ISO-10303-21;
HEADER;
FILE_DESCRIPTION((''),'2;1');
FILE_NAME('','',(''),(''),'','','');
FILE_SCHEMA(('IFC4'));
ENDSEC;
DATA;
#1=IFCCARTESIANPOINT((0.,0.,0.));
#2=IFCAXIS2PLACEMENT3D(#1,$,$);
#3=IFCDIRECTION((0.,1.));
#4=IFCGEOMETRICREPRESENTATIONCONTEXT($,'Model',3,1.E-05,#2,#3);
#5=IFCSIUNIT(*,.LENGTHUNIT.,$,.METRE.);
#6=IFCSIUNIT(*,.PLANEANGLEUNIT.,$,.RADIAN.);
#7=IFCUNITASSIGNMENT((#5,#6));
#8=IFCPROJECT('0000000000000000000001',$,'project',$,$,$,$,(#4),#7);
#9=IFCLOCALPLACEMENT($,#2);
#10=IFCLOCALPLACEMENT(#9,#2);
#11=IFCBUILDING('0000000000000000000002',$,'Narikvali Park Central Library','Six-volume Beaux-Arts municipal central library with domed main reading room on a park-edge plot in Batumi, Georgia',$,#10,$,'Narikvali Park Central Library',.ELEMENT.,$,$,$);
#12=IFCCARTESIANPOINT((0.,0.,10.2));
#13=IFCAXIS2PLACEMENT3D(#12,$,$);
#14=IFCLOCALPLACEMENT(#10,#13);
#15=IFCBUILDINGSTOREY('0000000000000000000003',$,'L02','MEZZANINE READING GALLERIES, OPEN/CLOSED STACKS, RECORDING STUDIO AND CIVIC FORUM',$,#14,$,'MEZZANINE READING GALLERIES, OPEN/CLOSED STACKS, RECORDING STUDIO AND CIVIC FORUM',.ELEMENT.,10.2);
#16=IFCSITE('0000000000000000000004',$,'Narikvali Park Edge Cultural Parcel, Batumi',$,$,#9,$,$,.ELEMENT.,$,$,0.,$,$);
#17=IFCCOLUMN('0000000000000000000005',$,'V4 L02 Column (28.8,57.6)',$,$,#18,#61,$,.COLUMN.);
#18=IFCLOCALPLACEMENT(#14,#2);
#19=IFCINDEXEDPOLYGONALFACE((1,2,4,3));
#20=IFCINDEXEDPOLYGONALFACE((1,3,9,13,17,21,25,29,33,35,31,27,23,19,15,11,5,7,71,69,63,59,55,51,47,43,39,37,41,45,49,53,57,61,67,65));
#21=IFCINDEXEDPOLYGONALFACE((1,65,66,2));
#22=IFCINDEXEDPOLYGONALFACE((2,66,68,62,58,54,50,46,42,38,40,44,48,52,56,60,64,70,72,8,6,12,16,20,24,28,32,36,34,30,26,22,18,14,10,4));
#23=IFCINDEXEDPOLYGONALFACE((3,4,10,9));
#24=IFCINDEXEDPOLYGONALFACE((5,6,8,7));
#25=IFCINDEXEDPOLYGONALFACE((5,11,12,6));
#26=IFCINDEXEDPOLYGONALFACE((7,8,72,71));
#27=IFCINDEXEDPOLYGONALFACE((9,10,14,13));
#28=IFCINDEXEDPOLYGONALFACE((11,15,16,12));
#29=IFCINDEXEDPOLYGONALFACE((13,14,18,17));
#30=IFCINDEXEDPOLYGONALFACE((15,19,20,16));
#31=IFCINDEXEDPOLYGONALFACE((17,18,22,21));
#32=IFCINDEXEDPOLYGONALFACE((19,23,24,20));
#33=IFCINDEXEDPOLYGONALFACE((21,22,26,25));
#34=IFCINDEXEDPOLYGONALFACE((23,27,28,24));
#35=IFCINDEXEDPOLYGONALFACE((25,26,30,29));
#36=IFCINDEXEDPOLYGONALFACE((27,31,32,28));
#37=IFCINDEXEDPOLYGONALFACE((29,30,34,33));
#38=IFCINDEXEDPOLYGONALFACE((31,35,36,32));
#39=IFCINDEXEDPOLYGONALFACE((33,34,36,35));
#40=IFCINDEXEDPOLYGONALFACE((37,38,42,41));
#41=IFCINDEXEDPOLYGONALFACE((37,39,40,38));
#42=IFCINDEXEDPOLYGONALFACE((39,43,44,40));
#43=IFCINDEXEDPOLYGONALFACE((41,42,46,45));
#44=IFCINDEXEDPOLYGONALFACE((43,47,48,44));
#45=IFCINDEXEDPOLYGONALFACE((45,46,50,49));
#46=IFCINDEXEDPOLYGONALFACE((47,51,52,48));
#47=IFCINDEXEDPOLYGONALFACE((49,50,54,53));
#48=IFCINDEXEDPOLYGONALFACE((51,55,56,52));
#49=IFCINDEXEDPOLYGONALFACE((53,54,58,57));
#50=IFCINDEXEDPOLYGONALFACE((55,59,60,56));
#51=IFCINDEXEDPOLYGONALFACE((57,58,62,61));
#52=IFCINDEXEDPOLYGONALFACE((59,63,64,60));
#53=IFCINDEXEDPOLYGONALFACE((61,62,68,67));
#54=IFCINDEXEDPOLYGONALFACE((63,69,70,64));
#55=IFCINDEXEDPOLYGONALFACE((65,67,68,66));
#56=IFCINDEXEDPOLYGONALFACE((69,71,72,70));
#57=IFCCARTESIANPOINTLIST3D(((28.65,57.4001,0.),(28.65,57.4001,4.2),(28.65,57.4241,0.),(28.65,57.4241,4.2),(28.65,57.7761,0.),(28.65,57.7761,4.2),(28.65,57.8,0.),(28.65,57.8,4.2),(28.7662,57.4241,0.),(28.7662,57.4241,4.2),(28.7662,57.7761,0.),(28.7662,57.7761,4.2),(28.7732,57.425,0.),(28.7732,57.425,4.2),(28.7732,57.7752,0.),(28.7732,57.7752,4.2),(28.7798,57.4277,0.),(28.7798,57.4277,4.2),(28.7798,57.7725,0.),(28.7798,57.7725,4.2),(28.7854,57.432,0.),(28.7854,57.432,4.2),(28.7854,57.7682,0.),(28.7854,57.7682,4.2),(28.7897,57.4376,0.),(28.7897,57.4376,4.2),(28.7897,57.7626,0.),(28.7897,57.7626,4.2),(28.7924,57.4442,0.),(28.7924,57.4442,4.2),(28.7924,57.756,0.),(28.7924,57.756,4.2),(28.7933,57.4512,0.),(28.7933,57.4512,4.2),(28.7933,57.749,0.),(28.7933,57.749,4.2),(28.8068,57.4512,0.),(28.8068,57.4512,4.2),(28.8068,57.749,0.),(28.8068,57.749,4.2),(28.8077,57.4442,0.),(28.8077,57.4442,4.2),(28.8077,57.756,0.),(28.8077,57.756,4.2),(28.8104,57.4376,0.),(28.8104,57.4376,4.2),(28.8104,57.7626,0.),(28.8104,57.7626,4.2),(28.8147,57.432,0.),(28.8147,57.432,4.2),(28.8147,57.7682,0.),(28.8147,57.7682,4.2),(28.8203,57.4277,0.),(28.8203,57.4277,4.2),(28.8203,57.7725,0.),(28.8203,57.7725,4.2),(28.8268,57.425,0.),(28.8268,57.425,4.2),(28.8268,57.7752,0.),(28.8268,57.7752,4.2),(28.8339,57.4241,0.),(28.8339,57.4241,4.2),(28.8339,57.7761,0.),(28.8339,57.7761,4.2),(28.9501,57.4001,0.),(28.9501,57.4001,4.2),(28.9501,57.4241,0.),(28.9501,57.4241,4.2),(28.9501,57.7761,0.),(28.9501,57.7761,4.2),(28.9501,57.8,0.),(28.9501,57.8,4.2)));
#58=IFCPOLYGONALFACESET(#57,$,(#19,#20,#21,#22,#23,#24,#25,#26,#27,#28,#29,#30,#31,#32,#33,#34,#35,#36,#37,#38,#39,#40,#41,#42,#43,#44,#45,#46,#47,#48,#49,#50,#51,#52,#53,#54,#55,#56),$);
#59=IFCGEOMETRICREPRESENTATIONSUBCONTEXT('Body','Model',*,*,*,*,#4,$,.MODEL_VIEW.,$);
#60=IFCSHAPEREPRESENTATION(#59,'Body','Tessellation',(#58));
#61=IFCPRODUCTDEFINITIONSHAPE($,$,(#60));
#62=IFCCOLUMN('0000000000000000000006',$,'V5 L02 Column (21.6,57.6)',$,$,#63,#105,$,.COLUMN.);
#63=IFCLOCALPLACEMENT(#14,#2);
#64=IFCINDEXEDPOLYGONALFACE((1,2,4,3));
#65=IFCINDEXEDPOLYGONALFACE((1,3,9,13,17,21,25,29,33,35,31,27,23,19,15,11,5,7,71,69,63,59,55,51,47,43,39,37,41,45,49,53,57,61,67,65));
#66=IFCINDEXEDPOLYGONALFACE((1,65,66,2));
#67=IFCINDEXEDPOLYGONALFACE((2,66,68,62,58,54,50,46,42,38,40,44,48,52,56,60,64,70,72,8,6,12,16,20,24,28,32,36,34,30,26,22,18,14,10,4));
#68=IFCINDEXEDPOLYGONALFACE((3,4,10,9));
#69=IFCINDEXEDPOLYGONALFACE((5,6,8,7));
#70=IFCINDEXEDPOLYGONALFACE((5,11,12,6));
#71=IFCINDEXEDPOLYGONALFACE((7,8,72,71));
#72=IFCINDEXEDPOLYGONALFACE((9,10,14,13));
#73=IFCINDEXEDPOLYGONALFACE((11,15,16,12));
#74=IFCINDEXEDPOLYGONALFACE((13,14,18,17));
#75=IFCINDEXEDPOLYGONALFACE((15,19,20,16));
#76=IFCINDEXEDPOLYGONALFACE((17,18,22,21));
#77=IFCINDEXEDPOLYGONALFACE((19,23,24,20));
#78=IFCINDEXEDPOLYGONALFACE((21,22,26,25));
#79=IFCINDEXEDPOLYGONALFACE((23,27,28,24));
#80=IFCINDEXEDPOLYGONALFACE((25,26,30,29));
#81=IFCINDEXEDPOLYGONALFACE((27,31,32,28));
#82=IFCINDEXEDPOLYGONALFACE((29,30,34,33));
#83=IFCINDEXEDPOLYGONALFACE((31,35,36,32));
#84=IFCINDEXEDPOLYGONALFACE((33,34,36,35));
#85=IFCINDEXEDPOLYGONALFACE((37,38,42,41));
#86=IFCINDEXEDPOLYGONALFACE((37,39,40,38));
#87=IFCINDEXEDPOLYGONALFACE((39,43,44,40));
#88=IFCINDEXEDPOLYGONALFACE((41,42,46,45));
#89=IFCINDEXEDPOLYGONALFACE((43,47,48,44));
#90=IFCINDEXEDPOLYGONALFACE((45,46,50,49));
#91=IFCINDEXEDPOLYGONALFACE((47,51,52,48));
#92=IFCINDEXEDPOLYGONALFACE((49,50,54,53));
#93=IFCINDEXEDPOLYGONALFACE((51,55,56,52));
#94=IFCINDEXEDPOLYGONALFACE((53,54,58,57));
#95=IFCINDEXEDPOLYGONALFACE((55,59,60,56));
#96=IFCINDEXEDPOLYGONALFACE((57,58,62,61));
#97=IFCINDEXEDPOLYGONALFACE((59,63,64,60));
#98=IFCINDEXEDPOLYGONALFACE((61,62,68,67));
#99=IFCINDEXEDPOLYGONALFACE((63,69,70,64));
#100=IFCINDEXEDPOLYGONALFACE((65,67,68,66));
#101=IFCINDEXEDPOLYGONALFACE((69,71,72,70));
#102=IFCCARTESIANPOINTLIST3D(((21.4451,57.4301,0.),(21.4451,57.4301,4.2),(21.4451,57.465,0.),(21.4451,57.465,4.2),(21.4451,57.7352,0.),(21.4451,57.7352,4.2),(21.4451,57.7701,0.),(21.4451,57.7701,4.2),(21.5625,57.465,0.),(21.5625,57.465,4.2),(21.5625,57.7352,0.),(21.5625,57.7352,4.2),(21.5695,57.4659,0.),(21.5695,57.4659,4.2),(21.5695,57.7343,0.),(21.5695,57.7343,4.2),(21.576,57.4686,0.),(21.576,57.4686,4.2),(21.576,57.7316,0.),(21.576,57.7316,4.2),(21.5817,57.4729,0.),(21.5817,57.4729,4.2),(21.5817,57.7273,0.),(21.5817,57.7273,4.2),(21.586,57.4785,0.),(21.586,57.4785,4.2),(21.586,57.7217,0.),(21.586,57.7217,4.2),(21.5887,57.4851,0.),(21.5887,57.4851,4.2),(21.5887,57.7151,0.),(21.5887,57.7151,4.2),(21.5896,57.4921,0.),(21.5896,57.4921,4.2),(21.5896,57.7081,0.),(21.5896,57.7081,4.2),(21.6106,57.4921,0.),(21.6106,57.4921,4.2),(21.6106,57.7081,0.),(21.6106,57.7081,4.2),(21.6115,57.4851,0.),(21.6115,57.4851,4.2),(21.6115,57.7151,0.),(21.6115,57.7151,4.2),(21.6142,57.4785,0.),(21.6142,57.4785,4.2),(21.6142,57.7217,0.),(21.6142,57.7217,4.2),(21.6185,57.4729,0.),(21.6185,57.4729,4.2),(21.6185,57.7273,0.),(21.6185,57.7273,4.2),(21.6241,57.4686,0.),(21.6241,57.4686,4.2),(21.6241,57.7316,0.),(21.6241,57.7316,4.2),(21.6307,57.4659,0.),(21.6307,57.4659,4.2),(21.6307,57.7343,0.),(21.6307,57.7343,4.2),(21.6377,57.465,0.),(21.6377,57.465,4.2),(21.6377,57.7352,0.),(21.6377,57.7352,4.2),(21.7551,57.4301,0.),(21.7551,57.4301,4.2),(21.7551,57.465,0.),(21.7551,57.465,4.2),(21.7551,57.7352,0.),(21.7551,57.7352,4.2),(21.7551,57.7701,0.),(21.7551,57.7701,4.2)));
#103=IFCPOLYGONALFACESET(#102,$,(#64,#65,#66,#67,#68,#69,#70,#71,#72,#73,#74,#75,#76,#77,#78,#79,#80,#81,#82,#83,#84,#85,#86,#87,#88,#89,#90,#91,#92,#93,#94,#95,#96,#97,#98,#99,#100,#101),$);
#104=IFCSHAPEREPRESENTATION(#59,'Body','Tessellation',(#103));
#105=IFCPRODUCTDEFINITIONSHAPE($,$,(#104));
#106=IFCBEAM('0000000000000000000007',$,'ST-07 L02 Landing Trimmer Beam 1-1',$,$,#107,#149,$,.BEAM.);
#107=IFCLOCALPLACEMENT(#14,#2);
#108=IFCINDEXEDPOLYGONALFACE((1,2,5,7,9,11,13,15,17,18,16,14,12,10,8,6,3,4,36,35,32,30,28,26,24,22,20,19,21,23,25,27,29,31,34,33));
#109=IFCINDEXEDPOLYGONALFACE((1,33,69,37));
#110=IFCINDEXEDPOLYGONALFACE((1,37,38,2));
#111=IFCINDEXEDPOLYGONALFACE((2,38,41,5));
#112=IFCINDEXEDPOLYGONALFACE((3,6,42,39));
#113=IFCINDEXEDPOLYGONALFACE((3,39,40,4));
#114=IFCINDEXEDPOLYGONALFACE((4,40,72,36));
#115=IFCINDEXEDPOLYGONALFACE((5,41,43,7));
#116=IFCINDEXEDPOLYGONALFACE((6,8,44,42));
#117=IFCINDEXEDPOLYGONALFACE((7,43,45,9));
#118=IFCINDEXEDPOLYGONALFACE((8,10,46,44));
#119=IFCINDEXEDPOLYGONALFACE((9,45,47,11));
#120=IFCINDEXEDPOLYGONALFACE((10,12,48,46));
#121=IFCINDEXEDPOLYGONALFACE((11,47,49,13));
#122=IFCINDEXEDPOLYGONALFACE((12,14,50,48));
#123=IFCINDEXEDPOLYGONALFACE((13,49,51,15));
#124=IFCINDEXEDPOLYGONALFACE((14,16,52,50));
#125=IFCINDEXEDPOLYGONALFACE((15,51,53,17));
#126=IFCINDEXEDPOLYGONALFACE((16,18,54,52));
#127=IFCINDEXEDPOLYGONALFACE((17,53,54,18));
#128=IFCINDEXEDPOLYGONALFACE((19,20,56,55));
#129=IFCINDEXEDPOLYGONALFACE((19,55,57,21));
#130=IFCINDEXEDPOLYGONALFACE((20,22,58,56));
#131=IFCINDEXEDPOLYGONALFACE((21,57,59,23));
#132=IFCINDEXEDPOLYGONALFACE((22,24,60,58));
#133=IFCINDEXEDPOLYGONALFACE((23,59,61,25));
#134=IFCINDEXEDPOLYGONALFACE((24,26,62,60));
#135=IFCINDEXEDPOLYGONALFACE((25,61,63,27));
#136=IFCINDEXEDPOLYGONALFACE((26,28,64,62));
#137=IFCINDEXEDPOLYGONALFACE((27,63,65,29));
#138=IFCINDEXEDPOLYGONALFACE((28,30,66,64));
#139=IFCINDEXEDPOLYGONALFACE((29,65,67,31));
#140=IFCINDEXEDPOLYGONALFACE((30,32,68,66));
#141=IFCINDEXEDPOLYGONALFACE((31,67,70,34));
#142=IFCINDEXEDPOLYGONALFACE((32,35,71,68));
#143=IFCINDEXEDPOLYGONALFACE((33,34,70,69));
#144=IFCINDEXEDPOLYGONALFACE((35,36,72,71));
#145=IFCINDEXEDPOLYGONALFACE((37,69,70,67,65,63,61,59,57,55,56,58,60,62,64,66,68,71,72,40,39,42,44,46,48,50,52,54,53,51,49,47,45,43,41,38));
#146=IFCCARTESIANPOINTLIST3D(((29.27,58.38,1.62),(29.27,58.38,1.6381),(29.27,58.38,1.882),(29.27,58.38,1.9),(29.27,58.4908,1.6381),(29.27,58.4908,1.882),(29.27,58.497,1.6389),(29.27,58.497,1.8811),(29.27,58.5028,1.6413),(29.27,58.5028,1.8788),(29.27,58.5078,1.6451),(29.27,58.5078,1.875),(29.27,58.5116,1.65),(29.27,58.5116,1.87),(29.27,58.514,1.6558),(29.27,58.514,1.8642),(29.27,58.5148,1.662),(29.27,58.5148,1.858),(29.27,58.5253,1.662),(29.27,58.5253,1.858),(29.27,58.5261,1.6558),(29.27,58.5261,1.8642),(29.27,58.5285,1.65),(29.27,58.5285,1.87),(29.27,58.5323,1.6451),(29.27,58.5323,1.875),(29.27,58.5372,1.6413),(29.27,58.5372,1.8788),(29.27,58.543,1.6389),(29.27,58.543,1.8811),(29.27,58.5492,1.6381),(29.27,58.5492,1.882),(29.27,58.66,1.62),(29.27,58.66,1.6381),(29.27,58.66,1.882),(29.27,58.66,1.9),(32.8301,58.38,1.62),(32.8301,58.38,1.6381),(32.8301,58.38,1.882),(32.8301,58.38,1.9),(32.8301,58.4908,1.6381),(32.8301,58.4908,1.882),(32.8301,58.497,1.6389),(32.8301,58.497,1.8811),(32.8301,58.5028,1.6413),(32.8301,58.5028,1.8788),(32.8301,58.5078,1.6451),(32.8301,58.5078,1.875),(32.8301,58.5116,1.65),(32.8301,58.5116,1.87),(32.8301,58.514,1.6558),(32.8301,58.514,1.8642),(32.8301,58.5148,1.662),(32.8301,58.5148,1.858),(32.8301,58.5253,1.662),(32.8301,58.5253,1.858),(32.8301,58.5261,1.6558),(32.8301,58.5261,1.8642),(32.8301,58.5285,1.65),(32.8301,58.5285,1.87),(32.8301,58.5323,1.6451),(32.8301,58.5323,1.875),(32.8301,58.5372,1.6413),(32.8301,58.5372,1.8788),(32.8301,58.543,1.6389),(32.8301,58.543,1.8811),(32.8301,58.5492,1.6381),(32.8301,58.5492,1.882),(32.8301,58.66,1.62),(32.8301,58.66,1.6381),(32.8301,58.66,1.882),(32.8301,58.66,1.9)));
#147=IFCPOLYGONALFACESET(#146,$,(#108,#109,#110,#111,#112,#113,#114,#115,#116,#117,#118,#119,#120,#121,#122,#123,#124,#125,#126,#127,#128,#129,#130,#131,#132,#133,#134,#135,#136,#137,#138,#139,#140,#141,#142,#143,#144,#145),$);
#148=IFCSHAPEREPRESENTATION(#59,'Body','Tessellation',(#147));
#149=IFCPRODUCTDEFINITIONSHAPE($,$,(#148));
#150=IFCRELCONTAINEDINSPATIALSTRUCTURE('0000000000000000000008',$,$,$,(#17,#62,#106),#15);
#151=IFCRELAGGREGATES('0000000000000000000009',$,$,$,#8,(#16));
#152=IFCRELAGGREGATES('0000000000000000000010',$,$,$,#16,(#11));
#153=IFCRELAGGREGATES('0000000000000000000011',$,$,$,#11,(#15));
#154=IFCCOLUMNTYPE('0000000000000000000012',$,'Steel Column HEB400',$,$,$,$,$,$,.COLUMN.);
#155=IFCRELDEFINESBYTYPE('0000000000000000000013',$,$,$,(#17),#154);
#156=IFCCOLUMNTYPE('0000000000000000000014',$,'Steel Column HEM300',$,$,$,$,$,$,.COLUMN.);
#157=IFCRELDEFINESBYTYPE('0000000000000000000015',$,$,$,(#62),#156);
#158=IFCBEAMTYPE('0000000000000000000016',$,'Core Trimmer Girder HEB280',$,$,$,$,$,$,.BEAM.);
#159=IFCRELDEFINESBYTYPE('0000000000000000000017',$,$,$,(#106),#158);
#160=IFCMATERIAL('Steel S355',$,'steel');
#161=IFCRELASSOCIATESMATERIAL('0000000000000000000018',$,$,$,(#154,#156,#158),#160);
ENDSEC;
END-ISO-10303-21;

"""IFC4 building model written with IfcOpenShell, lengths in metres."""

from ifc_helpers import new_model, si_unit, direction, frame, origin, origin_2d, place, context, subcontext, project, spatial, i_section, extrude, material, material_profile, profile_set, type_object, element, save


model = new_model("IFC4")

# Units and contexts
model_context = context("Model", 3, precision=1e-05, world=origin(), true_north=direction((0.0, 1.0)))
body_context = subcontext(model_context, "Body", "Model", "MODEL_VIEW")
ifc_project = project(units=[si_unit("LENGTHUNIT", "METRE"), si_unit("PLANEANGLEUNIT", "RADIAN")], contexts=[model_context])

# Site, building, storey
site_placement = place(None, origin())
site = spatial("IfcSite", under=ifc_project, at=site_placement, Name="Narikvali Park Edge Cultural Parcel, Batumi", CompositionType="ELEMENT", RefElevation=0.0)
building_placement = place(site_placement, origin())
building = spatial("IfcBuilding", under=site, at=building_placement, Name="Narikvali Park Central Library", Description="Six-volume Beaux-Arts municipal central library with domed main reading room on a park-edge plot in Batumi, Georgia", LongName="Narikvali Park Central Library", CompositionType="ELEMENT")
storey_placement = place(building_placement, frame((0.0, 0.0, 10.2)))
storey = spatial("IfcBuildingStorey", under=building, at=storey_placement, Name="L02", Description="MEZZANINE READING GALLERIES, OPEN/CLOSED STACKS, RECORDING STUDIO AND CIVIC FORUM", LongName="MEZZANINE READING GALLERIES, OPEN/CLOSED STACKS, RECORDING STUDIO AND CIVIC FORUM", CompositionType="ELEMENT", Elevation=10.2)

# Columns
ifc_material_1 = material(Name="Steel S355", Category="steel")
ifc_material_profile_1 = material_profile(ifc_material_1, i_section(OverallWidth=0.3, OverallDepth=0.3999, WebThickness=0.0134, FlangeThickness=0.0239, FilletRadius=0.0271, at=origin_2d()), Name="HEB 400")
ifc_profile_set_1 = profile_set([ifc_material_profile_1], Name="Steel S355")
column_type_1 = type_object("IfcColumnType", Name="Steel Column HEB400", PredefinedType="COLUMN", material=ifc_profile_set_1)
column_1_placement = place(storey_placement, frame((28.8, 57.6001, 0.0), z_axis=(0.0, 0.0, 1.0), x_axis=(1.0, 0.0, 0.0)))
element("IfcColumn", 1, at=column_1_placement, inside=storey, type_object=column_type_1, Name="V4 L02 Column (28.8,57.6)", PredefinedType="COLUMN", context=body_context, shape_type="SweptSolid", body=[
    extrude(i_section(OverallWidth=0.3, OverallDepth=0.3999, WebThickness=0.0134, FlangeThickness=0.0239, FilletRadius=0.0271, at=origin_2d()), origin(), (0.0, 0.0, 1.0), 4.2),
])
ifc_material_profile_2 = material_profile(ifc_material_1, i_section(OverallWidth=0.3101, OverallDepth=0.3401, WebThickness=0.021, FlangeThickness=0.0349, FilletRadius=0.0271, at=origin_2d()), Name="HEM 300")
ifc_profile_set_2 = profile_set([ifc_material_profile_2], Name="Steel S355")
column_type_2 = type_object("IfcColumnType", Name="Steel Column HEM300", PredefinedType="COLUMN", material=ifc_profile_set_2)
column_2_placement = place(storey_placement, frame((21.6001, 57.6001, 0.0), z_axis=(0.0, 0.0, 1.0), x_axis=(1.0, 0.0, 0.0)))
element("IfcColumn", 2, at=column_2_placement, inside=storey, type_object=column_type_2, Name="V5 L02 Column (21.6,57.6)", PredefinedType="COLUMN", context=body_context, shape_type="SweptSolid", body=[
    extrude(i_section(OverallWidth=0.3101, OverallDepth=0.3401, WebThickness=0.021, FlangeThickness=0.0349, FilletRadius=0.0271, at=origin_2d()), origin(), (0.0, 0.0, 1.0), 4.2),
])

# Beam
ifc_material_profile_3 = material_profile(ifc_material_1, i_section(OverallWidth=0.28, OverallDepth=0.28, WebThickness=0.0105, FlangeThickness=0.0181, FilletRadius=0.0239, at=origin_2d()), Name="HEB 280")
ifc_profile_set_3 = profile_set([ifc_material_profile_3], Name="Steel S355")
beam_type_1 = type_object("IfcBeamType", Name="Core Trimmer Girder HEB280", PredefinedType="BEAM", material=ifc_profile_set_3)
beam_1_placement = place(storey_placement, frame((29.27, 58.52, 1.76), z_axis=(1.0, 0.0, 0.0), x_axis=(0.0, 1.0, 0.0)))
element("IfcBeam", 3, at=beam_1_placement, inside=storey, type_object=beam_type_1, Name="ST-07 L02 Landing Trimmer Beam 1-1", PredefinedType="BEAM", context=body_context, shape_type="SweptSolid", body=[
    extrude(i_section(OverallWidth=0.28, OverallDepth=0.28, WebThickness=0.0105, FlangeThickness=0.0181, FilletRadius=0.0239, at=origin_2d()), origin(), (0.0, 0.0, 1.0), 3.5601),
])

save(model, "model.ifc")
